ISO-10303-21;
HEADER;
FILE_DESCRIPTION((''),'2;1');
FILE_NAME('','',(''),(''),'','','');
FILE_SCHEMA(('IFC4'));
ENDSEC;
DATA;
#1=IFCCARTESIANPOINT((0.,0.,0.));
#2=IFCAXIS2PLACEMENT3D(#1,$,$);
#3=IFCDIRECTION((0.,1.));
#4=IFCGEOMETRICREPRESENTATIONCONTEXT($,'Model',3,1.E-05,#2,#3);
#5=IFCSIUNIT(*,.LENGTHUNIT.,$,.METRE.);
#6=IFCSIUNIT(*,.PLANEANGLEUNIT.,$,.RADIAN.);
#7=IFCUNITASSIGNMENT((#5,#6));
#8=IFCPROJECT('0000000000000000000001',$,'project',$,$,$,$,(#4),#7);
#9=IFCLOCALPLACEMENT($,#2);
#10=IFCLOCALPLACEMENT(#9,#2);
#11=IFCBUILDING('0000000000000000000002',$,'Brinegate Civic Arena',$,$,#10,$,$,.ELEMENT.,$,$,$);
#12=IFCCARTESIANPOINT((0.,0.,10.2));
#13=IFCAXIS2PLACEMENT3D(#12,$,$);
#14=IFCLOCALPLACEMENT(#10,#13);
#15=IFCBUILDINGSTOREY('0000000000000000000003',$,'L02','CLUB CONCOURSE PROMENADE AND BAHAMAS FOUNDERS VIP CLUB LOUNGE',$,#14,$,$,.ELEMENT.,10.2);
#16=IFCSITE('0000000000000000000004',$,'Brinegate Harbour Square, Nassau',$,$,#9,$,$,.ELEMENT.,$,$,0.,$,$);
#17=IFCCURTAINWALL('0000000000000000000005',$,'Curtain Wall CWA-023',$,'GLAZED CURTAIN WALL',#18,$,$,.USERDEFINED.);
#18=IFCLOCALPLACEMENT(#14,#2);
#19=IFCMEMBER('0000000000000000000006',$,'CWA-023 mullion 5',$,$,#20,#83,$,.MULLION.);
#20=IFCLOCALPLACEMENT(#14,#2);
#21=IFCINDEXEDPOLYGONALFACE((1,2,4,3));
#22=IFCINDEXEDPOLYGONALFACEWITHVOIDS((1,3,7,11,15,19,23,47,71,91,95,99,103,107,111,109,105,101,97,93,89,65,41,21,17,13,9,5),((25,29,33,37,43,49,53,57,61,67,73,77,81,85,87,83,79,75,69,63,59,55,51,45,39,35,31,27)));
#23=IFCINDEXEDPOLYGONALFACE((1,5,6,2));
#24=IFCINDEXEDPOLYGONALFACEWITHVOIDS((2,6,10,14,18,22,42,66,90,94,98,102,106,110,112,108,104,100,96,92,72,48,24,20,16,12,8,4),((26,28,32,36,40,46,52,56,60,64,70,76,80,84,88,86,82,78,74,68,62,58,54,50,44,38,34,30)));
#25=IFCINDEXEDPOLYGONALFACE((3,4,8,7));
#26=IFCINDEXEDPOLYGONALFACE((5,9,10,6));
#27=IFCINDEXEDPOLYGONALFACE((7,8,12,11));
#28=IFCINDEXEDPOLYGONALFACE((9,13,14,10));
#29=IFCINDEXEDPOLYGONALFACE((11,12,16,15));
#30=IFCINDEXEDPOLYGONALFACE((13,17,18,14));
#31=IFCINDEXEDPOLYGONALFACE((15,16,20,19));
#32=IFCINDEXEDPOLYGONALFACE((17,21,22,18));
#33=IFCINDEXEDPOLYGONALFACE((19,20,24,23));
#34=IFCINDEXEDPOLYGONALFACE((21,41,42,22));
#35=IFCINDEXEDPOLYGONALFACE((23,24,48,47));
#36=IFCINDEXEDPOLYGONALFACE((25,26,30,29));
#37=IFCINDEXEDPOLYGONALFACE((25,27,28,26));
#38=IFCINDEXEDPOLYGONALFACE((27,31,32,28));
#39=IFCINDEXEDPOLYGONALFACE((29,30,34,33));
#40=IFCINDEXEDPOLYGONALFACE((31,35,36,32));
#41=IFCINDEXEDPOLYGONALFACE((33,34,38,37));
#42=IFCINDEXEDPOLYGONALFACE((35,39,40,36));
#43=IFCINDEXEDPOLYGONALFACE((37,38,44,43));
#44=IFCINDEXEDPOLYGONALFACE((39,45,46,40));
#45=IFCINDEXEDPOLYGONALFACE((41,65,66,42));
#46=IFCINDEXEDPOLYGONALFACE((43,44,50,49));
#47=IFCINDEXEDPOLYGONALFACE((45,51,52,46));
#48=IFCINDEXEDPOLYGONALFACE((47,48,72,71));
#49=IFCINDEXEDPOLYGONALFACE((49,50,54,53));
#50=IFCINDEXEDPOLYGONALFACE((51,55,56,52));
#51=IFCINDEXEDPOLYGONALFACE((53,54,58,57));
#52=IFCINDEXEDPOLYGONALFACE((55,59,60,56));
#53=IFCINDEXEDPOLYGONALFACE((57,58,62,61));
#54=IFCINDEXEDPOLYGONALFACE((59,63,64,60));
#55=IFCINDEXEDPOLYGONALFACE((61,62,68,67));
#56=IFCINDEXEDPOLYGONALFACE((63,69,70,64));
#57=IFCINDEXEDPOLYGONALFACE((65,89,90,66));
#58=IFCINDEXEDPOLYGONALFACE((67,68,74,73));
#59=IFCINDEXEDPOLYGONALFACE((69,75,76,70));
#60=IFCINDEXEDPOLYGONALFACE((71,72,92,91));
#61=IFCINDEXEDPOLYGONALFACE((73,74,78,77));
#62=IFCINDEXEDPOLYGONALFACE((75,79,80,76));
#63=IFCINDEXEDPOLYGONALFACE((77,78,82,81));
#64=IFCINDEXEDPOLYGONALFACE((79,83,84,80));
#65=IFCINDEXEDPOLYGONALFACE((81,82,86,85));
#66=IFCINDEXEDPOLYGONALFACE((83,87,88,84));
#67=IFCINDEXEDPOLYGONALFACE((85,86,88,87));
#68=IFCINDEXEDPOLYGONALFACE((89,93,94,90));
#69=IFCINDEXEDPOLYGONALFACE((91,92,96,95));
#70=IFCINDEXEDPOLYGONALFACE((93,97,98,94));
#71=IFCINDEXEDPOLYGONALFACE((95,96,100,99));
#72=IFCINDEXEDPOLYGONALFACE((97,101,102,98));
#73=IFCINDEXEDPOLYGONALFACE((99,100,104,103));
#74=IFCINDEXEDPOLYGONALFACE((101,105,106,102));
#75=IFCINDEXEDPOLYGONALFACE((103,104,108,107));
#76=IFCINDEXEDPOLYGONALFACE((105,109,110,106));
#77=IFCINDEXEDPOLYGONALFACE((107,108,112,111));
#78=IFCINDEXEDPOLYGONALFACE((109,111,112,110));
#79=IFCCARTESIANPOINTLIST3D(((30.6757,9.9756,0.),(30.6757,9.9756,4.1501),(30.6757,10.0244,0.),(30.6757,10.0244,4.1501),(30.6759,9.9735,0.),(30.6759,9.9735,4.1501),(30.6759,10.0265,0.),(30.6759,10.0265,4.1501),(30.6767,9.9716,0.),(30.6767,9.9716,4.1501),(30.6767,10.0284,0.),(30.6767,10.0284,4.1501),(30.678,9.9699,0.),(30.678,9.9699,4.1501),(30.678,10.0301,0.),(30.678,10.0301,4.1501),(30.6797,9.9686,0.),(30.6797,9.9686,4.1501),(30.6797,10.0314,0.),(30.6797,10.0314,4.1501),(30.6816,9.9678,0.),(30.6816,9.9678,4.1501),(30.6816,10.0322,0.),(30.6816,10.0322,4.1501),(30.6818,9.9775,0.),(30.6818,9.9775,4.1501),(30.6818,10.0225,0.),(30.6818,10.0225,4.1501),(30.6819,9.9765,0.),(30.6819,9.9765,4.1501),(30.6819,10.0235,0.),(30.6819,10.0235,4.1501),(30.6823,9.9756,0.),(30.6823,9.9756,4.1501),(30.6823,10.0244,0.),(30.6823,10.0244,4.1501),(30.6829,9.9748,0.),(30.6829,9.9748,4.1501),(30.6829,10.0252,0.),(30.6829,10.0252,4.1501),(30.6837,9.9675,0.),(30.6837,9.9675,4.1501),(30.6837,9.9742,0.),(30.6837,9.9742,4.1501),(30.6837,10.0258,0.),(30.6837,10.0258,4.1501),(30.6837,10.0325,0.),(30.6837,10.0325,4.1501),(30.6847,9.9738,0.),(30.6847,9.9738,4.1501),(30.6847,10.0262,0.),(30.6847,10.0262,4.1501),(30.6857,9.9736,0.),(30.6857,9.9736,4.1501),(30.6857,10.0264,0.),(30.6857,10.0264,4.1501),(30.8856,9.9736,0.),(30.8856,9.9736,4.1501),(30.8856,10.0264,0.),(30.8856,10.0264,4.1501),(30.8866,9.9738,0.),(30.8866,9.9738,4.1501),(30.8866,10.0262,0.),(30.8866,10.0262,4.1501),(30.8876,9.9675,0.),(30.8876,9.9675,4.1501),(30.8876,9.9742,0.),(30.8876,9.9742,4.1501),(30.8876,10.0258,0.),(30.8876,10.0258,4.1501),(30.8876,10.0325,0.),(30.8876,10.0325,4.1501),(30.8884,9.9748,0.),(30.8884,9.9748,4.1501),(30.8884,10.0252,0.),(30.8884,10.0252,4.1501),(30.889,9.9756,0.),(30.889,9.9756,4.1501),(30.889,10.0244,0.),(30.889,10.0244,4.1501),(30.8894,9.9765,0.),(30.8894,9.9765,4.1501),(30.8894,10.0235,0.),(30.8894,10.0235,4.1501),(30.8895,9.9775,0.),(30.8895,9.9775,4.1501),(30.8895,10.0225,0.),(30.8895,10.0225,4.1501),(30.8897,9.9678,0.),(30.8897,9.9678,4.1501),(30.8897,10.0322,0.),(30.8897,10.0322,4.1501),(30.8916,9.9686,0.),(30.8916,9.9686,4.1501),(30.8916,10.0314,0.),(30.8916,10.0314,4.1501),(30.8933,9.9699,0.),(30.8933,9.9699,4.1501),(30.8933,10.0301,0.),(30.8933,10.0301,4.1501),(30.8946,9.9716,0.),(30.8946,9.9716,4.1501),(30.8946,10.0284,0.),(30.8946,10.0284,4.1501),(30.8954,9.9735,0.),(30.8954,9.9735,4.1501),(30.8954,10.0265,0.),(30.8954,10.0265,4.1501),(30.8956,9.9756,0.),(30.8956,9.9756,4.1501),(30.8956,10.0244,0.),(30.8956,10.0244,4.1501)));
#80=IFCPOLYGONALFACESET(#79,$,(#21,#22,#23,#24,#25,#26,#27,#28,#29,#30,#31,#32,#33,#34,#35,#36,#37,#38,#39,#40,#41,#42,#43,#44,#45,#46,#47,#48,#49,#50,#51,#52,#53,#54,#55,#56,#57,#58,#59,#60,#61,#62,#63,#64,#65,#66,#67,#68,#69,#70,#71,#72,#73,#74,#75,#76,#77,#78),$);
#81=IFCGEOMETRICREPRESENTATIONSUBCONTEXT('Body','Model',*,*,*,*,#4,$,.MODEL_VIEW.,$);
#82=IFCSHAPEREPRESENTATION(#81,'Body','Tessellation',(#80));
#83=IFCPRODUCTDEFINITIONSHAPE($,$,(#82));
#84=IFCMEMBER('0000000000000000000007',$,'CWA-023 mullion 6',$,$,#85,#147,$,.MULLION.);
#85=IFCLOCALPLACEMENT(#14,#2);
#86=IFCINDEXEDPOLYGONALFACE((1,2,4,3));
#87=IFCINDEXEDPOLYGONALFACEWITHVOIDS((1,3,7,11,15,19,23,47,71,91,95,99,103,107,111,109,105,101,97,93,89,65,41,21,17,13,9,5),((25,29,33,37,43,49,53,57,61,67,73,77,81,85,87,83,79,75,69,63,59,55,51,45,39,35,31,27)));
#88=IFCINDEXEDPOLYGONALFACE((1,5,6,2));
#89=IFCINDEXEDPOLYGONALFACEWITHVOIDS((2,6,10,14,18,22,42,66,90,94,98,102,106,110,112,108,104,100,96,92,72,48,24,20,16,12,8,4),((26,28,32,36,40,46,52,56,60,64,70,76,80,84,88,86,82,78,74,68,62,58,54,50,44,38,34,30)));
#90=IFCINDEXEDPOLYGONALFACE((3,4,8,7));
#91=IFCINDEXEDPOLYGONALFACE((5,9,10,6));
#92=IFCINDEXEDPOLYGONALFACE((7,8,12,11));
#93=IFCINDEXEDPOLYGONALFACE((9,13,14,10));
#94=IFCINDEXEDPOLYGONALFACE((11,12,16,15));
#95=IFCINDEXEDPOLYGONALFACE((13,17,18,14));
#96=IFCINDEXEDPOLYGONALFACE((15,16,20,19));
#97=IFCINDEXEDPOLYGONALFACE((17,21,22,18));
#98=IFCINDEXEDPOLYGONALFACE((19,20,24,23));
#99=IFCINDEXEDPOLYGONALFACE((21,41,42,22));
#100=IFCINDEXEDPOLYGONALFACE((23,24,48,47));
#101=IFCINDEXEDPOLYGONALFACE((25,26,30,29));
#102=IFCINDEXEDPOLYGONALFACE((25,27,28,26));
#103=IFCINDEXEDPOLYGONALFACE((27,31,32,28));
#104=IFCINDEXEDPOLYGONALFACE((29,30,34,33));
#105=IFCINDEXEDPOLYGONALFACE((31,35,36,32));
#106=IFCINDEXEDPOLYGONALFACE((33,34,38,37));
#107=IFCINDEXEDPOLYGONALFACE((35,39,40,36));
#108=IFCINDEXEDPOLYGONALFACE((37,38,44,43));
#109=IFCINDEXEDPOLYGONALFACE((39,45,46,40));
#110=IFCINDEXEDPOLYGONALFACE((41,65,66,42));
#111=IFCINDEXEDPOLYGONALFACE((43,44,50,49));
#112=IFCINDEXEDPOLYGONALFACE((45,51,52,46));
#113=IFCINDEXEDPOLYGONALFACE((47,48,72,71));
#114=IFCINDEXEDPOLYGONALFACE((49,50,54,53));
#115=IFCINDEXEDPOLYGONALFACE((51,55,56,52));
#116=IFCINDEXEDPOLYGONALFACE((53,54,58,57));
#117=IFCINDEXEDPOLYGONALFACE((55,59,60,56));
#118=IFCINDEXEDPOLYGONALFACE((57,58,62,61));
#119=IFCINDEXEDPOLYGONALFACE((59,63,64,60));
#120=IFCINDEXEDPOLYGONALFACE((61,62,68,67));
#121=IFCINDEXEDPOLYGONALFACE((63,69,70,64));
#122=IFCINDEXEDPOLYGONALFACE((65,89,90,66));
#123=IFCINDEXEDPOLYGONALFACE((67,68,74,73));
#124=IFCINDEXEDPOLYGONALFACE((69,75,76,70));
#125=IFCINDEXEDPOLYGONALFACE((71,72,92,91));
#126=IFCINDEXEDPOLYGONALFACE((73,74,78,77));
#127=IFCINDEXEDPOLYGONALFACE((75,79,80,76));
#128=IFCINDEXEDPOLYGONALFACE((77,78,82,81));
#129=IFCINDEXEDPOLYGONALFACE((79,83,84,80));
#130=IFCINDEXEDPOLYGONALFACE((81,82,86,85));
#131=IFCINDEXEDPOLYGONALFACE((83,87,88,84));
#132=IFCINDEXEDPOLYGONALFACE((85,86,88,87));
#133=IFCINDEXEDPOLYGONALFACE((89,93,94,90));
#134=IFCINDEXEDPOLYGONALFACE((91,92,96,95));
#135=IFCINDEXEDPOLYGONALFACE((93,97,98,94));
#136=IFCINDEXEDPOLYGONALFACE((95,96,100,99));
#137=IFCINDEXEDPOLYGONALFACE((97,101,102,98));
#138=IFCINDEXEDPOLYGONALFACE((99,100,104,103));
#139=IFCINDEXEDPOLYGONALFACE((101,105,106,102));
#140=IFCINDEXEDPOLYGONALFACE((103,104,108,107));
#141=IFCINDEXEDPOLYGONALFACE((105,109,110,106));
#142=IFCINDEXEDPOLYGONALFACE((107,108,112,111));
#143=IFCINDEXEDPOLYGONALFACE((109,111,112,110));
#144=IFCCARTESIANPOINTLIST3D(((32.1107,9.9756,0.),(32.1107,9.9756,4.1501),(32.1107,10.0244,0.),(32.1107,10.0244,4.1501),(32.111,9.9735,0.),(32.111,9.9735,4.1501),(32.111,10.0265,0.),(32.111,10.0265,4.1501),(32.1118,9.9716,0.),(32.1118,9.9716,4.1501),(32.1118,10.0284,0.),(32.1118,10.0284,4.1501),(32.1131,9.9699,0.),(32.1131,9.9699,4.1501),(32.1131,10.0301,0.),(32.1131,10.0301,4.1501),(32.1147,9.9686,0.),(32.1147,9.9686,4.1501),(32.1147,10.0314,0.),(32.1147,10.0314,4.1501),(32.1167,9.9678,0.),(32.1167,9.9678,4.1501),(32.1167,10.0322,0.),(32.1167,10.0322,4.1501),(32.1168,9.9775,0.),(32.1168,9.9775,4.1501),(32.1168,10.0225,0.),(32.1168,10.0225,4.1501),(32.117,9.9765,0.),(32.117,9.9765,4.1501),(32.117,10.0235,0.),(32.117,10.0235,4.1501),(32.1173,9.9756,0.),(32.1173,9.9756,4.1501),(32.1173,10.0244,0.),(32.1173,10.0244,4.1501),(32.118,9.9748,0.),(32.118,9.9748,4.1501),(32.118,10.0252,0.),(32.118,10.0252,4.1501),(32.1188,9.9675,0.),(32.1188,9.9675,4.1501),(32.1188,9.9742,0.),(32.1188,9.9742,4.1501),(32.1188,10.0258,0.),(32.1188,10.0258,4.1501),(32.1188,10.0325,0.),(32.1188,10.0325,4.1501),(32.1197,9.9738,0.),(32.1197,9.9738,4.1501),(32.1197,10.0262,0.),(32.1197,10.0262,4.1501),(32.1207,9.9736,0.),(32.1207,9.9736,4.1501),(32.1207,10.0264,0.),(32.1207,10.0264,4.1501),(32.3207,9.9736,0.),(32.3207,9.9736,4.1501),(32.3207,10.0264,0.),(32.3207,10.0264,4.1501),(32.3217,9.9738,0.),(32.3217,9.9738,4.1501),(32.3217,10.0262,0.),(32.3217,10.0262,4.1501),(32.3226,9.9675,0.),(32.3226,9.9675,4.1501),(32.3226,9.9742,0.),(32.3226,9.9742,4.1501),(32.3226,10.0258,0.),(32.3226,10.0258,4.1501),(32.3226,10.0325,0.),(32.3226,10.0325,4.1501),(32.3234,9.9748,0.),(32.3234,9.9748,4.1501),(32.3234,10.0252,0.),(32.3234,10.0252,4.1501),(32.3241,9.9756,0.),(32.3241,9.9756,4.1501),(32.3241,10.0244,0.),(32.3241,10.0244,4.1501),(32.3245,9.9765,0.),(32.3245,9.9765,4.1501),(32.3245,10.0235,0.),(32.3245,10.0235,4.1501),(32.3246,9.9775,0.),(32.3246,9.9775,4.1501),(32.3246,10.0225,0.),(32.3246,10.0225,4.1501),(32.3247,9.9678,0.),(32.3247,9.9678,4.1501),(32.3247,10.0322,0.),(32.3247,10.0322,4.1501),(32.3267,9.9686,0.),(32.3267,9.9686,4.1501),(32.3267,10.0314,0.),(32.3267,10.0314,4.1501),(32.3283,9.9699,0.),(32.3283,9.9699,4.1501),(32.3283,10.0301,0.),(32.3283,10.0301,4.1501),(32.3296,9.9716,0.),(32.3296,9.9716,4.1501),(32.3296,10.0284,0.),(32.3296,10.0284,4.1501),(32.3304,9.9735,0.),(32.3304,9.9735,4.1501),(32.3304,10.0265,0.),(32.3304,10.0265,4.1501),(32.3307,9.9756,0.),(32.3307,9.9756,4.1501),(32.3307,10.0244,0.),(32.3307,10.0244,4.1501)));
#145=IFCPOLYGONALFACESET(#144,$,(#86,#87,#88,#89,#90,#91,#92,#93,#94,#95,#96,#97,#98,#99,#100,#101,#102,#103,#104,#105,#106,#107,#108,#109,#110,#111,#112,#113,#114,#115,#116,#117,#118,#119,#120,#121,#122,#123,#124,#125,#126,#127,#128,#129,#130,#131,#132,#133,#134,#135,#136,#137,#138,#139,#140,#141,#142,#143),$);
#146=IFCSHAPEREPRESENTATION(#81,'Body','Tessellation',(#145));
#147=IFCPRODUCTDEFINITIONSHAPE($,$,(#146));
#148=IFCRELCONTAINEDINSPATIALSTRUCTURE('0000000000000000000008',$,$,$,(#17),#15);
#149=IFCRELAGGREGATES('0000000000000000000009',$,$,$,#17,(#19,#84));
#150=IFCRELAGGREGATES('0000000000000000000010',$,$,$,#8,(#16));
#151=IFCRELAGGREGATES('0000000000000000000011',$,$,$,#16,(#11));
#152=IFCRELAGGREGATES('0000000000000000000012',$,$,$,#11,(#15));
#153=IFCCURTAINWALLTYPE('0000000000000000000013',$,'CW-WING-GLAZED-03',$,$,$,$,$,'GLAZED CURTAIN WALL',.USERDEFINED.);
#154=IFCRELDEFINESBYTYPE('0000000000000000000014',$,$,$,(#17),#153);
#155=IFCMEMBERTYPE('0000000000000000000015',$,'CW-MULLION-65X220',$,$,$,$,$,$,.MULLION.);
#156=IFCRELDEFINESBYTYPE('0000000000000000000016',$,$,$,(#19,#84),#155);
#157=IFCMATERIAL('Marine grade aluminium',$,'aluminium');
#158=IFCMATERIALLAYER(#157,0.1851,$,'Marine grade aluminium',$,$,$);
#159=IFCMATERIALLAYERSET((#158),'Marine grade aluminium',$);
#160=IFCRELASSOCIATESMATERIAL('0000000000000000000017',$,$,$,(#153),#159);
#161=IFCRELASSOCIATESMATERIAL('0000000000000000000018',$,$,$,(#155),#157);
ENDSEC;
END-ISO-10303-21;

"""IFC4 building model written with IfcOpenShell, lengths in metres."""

from ifc_helpers import new_model, si_unit, direction, frame, origin, origin_2d, place, context, subcontext, project, spatial, hollow_rectangle, extrude, material, layer, layer_set, material_profile, profile_set, type_object, element, aggregate, save


model = new_model("IFC4")

# Units and contexts
model_context = context("Model", 3, precision=1e-05, world=origin(), true_north=direction((0.0, 1.0)))
body_context = subcontext(model_context, "Body", "Model", "MODEL_VIEW")
ifc_project = project(units=[si_unit("LENGTHUNIT", "METRE"), si_unit("PLANEANGLEUNIT", "RADIAN")], contexts=[model_context])

# Site, building, storey
site_placement = place(None, origin())
site = spatial("IfcSite", under=ifc_project, at=site_placement, Name="Brinegate Harbour Square, Nassau", CompositionType="ELEMENT", RefElevation=0.0)
building_placement = place(site_placement, origin())
building = spatial("IfcBuilding", under=site, at=building_placement, Name="Brinegate Civic Arena", CompositionType="ELEMENT")
storey_placement = place(building_placement, frame((0.0, 0.0, 10.2)))
storey = spatial("IfcBuildingStorey", under=building, at=storey_placement, Name="L02", Description="CLUB CONCOURSE PROMENADE AND BAHAMAS FOUNDERS VIP CLUB LOUNGE", CompositionType="ELEMENT", Elevation=10.2)

# Curtain wall, members
ifc_material_1 = material(Name="Marine grade aluminium", Category="aluminium")
ifc_layer_1 = layer(ifc_material_1, 0.1851, Name="Marine grade aluminium")
ifc_layer_set_1 = layer_set([ifc_layer_1], Name="Marine grade aluminium")
curtain_wall_type = type_object("IfcCurtainWallType", Name="CW-WING-GLAZED-03", ElementType="GLAZED CURTAIN WALL", PredefinedType="USERDEFINED", material=ifc_layer_set_1)
curtain_wall_placement = place(storey_placement, origin())
curtain_wall = element("IfcCurtainWall", 1, at=curtain_wall_placement, inside=storey, type_object=curtain_wall_type, Name="Curtain Wall CWA-023", ObjectType="GLAZED CURTAIN WALL", PredefinedType="USERDEFINED")
ifc_material_profile_1 = material_profile(ifc_material_1, hollow_rectangle(XDim=0.0649, YDim=0.22, WallThickness=0.0061, InnerFilletRadius=0.0039, OuterFilletRadius=0.0081, at=origin_2d()), Name="MUL65X220")
ifc_profile_set_1 = profile_set([ifc_material_profile_1], Name="Marine grade aluminium")
member_type_1 = type_object("IfcMemberType", Name="CW-MULLION-65X220", PredefinedType="MULLION", material=ifc_profile_set_1)
member_1_placement = place(storey_placement, frame((30.7856, 10.0, 0.0), z_axis=(0.0, 0.0, 1.0), x_axis=(0.0, 1.0, 0.0)))
member_1 = element("IfcMember", 2, at=member_1_placement, type_object=member_type_1, Name="CWA-023 mullion 5", PredefinedType="MULLION", context=body_context, shape_type="SweptSolid", body=[
    extrude(hollow_rectangle(XDim=0.0649, YDim=0.22, WallThickness=0.0061, InnerFilletRadius=0.0039, OuterFilletRadius=0.0081, at=origin_2d()), origin(), (0.0, 0.0, 1.0), 4.1501),
])
member_2_placement = place(storey_placement, frame((32.2207, 10.0, 0.0), z_axis=(0.0, 0.0, 1.0), x_axis=(0.0, 1.0, 0.0)))
member_2 = element("IfcMember", 3, at=member_2_placement, type_object=member_type_1, Name="CWA-023 mullion 6", PredefinedType="MULLION", context=body_context, shape_type="SweptSolid", body=[
    extrude(hollow_rectangle(XDim=0.0649, YDim=0.22, WallThickness=0.0061, InnerFilletRadius=0.0039, OuterFilletRadius=0.0081, at=origin_2d()), origin(), (0.0, 0.0, 1.0), 4.1501),
])

aggregate(curtain_wall, [member_1, member_2])

save(model, "model.ifc")
